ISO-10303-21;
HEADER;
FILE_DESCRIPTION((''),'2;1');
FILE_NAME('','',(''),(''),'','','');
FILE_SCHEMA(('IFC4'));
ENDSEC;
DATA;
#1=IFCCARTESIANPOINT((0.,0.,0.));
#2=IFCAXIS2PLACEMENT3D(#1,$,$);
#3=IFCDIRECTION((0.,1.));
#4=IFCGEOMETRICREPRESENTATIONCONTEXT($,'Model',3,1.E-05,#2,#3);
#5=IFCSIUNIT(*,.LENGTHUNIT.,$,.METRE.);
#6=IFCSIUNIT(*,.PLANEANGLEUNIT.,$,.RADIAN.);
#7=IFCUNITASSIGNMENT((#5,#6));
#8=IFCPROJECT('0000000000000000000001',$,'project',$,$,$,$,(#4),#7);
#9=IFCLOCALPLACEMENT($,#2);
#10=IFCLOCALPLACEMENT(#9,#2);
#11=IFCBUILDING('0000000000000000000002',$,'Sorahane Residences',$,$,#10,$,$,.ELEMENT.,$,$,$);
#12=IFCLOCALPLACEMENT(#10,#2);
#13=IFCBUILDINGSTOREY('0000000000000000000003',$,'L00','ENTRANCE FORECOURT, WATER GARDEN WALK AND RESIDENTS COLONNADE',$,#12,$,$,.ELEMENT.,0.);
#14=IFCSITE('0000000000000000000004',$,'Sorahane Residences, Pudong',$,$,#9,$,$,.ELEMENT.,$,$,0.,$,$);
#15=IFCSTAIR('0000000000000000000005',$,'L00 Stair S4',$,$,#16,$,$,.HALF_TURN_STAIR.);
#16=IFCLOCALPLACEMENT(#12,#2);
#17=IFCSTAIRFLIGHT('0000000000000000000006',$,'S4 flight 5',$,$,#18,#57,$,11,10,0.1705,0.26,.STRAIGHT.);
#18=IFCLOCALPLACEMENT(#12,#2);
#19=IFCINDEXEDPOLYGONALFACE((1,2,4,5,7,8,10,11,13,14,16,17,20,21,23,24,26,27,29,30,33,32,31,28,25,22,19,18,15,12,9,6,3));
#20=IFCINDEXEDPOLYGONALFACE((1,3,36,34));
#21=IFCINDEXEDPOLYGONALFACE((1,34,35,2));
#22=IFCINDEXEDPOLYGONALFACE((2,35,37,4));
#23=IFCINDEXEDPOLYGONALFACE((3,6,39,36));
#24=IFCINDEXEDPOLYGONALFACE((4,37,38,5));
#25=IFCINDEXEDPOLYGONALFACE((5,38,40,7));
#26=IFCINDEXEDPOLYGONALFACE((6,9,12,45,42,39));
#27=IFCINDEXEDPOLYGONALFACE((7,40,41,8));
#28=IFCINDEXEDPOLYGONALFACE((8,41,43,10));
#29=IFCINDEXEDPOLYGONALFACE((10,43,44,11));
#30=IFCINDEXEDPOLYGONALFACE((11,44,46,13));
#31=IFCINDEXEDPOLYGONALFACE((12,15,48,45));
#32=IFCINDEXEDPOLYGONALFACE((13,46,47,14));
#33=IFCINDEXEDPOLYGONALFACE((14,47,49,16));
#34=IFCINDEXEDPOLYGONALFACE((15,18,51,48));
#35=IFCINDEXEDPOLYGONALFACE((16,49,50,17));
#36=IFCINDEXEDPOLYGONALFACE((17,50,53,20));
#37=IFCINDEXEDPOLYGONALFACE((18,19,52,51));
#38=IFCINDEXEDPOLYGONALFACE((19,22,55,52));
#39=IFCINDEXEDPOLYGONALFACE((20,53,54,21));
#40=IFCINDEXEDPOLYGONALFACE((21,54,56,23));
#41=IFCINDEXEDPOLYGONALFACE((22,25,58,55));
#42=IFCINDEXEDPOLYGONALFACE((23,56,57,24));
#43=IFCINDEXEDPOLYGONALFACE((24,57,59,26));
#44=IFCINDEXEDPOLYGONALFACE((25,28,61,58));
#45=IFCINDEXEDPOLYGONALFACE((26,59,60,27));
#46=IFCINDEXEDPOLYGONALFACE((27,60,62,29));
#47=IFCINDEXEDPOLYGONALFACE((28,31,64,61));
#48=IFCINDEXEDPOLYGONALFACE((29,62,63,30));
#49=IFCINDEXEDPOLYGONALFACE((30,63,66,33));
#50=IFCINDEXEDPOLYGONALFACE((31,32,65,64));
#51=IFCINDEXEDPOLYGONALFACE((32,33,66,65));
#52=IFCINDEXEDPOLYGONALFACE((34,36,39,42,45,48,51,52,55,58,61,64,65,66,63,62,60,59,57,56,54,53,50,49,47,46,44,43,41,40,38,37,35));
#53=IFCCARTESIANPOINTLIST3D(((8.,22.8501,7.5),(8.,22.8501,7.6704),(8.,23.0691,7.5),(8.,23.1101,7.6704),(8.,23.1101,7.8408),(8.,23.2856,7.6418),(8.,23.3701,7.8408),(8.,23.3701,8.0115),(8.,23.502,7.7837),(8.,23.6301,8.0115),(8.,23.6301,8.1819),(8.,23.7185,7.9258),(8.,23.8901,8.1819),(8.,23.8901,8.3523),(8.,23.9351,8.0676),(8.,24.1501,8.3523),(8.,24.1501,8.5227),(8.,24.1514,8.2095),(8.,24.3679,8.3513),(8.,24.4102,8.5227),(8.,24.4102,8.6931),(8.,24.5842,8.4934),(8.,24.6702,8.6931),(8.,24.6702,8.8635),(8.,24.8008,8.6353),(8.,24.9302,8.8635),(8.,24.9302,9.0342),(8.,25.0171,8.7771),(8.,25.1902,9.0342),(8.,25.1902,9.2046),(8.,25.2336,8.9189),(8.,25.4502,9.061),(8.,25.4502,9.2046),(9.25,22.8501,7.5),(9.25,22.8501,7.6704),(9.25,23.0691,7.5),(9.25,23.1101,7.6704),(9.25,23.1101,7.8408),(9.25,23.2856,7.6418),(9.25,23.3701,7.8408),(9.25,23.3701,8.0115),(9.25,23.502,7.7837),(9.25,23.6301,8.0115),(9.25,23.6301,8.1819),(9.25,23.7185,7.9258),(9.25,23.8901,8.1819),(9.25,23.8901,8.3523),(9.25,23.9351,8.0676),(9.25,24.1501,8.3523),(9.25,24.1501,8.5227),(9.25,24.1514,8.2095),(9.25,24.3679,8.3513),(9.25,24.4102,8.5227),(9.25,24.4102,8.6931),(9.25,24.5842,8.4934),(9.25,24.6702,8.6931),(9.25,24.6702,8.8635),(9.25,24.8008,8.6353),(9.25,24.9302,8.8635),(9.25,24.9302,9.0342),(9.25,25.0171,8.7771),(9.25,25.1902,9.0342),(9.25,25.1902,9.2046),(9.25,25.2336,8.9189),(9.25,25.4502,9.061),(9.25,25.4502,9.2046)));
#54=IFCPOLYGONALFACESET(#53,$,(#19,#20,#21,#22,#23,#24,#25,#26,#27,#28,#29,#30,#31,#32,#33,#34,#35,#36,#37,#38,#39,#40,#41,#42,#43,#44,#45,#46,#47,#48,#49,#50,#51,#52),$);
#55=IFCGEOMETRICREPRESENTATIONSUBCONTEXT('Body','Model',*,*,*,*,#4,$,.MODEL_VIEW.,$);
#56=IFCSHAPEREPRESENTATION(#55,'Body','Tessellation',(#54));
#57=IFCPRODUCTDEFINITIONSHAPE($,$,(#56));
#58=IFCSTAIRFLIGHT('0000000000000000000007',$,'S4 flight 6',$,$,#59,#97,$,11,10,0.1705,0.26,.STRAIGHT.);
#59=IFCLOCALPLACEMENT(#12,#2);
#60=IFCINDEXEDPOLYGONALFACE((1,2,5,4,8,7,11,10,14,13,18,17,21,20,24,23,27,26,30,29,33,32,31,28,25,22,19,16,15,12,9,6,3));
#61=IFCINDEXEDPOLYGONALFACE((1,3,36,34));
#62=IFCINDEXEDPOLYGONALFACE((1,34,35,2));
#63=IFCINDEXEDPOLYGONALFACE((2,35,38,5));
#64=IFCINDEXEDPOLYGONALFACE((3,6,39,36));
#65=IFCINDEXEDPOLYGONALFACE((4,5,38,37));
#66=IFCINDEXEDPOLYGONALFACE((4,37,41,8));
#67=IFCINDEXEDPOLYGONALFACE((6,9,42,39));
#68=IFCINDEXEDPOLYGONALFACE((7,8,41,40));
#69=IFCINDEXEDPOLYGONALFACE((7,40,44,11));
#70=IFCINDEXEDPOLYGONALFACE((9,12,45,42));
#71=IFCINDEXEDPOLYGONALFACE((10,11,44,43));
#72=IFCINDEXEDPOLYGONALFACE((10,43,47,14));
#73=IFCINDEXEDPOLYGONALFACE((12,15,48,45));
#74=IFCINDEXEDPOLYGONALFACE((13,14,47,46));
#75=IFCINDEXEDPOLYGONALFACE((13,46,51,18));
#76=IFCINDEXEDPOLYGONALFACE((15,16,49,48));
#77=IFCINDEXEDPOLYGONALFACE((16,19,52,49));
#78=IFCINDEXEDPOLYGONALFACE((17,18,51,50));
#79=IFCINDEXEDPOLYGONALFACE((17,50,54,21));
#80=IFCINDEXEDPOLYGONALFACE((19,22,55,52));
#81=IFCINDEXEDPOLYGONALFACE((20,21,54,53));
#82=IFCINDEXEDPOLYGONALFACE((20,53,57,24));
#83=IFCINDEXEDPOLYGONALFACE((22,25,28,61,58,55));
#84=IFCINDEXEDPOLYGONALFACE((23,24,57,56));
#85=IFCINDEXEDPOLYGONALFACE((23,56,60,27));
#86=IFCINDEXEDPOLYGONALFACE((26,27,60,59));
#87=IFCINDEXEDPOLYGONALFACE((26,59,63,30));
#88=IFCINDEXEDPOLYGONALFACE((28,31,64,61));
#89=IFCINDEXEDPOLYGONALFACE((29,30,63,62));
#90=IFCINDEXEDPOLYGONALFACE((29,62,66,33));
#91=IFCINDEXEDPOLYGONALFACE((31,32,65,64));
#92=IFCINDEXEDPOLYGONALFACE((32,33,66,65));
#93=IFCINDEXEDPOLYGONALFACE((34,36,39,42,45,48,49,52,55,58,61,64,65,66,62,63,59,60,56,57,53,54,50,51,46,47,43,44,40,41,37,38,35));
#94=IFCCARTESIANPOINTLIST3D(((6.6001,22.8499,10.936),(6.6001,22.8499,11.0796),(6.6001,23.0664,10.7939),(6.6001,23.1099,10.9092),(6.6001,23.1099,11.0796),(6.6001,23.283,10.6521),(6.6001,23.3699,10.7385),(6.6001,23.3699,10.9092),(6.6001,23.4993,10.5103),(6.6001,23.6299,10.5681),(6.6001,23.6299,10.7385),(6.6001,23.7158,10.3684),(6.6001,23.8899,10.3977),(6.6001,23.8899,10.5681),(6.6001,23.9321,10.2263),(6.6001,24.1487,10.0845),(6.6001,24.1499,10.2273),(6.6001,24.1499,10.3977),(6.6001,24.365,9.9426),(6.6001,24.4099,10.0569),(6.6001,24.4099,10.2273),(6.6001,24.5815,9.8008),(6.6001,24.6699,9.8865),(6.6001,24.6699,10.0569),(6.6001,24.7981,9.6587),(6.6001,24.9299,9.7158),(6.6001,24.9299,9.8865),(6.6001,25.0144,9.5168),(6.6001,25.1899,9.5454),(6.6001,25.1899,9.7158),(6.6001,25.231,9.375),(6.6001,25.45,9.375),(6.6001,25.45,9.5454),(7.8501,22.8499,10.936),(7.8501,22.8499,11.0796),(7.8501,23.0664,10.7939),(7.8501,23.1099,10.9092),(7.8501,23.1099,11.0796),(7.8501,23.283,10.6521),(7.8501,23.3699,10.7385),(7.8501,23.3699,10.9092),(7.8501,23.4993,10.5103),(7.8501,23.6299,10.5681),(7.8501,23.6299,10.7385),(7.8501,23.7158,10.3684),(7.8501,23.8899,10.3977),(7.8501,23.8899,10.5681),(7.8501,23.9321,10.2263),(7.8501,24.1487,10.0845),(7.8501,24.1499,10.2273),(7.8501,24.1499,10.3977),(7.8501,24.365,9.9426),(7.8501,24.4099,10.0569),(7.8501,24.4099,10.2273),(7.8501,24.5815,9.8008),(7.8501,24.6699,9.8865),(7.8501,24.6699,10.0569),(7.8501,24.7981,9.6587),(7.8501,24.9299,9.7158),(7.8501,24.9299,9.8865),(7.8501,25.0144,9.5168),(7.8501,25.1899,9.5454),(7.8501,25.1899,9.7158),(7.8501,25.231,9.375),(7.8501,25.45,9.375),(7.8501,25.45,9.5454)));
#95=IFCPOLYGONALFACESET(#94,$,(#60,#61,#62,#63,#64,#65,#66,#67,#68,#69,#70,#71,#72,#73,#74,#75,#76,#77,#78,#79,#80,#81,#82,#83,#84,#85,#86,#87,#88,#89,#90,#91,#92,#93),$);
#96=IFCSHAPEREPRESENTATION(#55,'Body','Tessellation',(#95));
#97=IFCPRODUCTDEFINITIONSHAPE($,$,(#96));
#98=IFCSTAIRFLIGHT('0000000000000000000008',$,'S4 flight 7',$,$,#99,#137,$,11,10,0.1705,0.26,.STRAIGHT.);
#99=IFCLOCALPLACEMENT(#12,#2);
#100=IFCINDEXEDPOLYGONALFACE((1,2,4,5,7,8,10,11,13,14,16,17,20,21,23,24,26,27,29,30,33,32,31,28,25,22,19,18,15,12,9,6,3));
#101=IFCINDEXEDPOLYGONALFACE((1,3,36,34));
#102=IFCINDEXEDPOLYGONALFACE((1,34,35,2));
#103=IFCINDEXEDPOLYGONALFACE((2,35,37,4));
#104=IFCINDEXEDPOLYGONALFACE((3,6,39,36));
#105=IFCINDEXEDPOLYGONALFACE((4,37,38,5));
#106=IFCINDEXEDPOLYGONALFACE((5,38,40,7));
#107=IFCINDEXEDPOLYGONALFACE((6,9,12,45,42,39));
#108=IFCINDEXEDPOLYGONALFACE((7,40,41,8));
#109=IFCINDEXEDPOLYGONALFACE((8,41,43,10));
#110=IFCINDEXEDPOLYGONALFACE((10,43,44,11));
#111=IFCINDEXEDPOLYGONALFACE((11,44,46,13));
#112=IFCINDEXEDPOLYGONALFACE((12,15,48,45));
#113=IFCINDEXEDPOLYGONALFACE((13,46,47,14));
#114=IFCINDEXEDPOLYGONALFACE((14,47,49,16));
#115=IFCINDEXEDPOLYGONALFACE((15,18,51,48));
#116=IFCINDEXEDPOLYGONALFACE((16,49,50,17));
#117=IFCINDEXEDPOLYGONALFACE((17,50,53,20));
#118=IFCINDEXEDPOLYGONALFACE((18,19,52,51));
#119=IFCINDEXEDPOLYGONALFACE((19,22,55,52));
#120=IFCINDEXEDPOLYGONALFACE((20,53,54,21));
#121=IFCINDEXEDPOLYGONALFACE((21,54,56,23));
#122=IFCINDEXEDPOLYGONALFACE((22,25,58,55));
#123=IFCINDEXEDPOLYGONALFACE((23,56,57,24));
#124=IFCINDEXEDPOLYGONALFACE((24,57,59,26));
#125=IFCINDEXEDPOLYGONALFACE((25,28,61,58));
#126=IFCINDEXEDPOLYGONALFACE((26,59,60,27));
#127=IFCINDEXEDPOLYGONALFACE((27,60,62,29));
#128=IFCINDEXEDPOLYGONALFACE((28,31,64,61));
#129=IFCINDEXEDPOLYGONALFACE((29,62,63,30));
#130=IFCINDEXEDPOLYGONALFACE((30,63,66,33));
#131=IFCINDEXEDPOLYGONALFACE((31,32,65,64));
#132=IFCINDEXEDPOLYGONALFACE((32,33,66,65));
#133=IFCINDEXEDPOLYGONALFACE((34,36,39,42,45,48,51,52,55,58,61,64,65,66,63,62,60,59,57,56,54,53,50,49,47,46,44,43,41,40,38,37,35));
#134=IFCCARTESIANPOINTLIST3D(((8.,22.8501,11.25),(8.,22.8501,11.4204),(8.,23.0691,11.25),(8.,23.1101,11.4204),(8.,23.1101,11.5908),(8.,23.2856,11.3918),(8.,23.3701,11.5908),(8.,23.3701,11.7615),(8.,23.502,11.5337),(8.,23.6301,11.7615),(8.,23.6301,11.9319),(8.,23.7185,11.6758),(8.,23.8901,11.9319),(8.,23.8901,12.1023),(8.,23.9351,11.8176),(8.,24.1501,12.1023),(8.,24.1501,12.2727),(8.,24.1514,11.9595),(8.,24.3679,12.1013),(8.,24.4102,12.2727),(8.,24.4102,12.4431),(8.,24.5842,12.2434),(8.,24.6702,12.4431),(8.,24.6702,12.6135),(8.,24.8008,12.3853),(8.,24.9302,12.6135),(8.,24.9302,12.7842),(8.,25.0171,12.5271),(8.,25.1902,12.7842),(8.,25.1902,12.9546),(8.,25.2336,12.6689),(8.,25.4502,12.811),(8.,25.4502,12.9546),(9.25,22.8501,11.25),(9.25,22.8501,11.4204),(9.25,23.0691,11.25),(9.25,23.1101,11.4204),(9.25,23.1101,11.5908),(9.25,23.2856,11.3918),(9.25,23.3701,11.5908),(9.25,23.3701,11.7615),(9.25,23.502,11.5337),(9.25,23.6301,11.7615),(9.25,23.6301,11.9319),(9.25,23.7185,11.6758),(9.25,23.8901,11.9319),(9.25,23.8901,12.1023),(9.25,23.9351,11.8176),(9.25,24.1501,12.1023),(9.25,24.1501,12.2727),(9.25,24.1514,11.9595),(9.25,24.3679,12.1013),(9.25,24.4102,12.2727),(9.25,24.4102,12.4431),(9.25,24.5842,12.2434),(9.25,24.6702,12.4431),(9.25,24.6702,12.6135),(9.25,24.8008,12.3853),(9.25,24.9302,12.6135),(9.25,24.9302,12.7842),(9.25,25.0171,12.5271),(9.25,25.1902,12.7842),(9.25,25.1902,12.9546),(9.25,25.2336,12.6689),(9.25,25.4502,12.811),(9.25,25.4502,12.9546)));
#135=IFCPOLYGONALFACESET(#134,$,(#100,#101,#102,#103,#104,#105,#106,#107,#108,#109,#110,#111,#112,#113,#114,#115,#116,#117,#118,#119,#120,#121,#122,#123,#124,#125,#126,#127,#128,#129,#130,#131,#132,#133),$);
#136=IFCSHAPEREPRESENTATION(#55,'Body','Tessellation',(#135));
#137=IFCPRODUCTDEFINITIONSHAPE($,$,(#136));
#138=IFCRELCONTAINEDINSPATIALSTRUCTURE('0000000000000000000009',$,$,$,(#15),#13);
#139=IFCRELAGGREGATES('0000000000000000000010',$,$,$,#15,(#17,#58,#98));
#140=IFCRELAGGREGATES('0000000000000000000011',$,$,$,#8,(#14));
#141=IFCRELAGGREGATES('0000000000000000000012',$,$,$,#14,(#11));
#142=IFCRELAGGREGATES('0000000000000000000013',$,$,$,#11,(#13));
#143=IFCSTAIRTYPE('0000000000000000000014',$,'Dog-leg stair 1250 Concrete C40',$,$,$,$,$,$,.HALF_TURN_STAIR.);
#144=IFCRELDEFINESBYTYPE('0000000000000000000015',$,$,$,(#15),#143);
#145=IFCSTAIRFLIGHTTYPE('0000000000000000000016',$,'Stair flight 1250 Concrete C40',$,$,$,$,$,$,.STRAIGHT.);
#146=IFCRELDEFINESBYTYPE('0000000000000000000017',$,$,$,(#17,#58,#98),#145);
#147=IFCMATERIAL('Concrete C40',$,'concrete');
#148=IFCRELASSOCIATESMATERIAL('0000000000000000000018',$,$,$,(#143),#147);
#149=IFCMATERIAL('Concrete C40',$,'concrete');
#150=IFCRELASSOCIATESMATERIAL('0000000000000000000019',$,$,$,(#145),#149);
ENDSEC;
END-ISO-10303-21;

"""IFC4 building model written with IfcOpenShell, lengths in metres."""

from ifc_helpers import new_model, si_unit, direction, frame, origin, place, context, subcontext, project, spatial, polyline, outline, extrude, material, type_object, element, aggregate, save


model = new_model("IFC4")

# Units and contexts
model_context = context("Model", 3, precision=1e-05, world=origin(), true_north=direction((0.0, 1.0)))
body_context = subcontext(model_context, "Body", "Model", "MODEL_VIEW")
ifc_project = project(units=[si_unit("LENGTHUNIT", "METRE"), si_unit("PLANEANGLEUNIT", "RADIAN")], contexts=[model_context])

# Site, building, storey
site_placement = place(None, origin())
site = spatial("IfcSite", under=ifc_project, at=site_placement, Name="Sorahane Residences, Pudong", CompositionType="ELEMENT", RefElevation=0.0)
building_placement = place(site_placement, origin())
building = spatial("IfcBuilding", under=site, at=building_placement, Name="Sorahane Residences", CompositionType="ELEMENT")
storey_placement = place(building_placement, origin())
storey = spatial("IfcBuildingStorey", under=building, at=storey_placement, Name="L00", Description="ENTRANCE FORECOURT, WATER GARDEN WALK AND RESIDENTS COLONNADE", CompositionType="ELEMENT", Elevation=0.0)

# Stair, stair flights
ifc_material_1 = material(Name="Concrete C40", Category="concrete")
stair_type = type_object("IfcStairType", Name="Dog-leg stair 1250 Concrete C40", PredefinedType="HALF_TURN_STAIR", material=ifc_material_1)
stair_placement = place(storey_placement, origin())
stair = element("IfcStair", 1, at=stair_placement, inside=storey, type_object=stair_type, Name="L00 Stair S4", PredefinedType="HALF_TURN_STAIR")
ifc_material_2 = material(Name="Concrete C40", Category="concrete")
stair_flight_type = type_object("IfcStairFlightType", Name="Stair flight 1250 Concrete C40", PredefinedType="STRAIGHT", material=ifc_material_2)
stair_flight_1_placement = place(storey_placement, frame((8.625, 22.8501, 7.5), z_axis=(0.0, 0.0, 1.0), x_axis=(0.0, 1.0, 0.0)))
stair_flight_1 = element("IfcStairFlight", 2, at=stair_flight_1_placement, type_object=stair_flight_type, Name="S4 flight 5", NumberOfRisers=11, NumberOfTreads=10, PredefinedType="STRAIGHT", RiserHeight=0.1705, TreadLength=0.26, context=body_context, shape_type="SweptSolid", body=[
    extrude(outline(polyline([(0.0, 0.0), (0.0, 0.1704), (0.26, 0.1704), (0.26, 0.3408), (0.52, 0.3408), (0.52, 0.5115), (0.78, 0.5115), (0.78, 0.6819), (1.04, 0.6819), (1.04, 0.8523), (1.3, 0.8523), (1.3, 1.0227), (1.5601, 1.0227), (1.5601, 1.1931), (1.8201, 1.1931), (1.8201, 1.3635), (2.0801, 1.3635), (2.0801, 1.5342), (2.3401, 1.5342), (2.3401, 1.7046), (2.6001, 1.7046), (2.6001, 1.875), (2.6001, 1.561), (2.3835, 1.4189), (2.167, 1.2771), (1.9507, 1.1353), (1.7341, 0.9934), (1.5178, 0.8513), (1.3013, 0.7095), (1.085, 0.5676), (0.8684, 0.4258), (0.6519, 0.2837), (0.4355, 0.1418), (0.219, 0.0), (0.0, 0.0)])), frame((0.0, 0.625, 0.0), z_axis=(0.0, -1.0, 0.0), x_axis=(1.0, 0.0, 0.0)), (0.0, 0.0, 1.0), 1.25),
])
stair_flight_2_placement = place(storey_placement, frame((7.2251, 25.45, 9.375), z_axis=(0.0, 0.0, 1.0), x_axis=(0.0, -1.0, 0.0)))
stair_flight_2 = element("IfcStairFlight", 3, at=stair_flight_2_placement, type_object=stair_flight_type, Name="S4 flight 6", NumberOfRisers=11, NumberOfTreads=10, PredefinedType="STRAIGHT", RiserHeight=0.1705, TreadLength=0.26, context=body_context, shape_type="SweptSolid", body=[
    extrude(outline(polyline([(0.0, 0.0), (0.0, 0.1704), (0.26, 0.1704), (0.26, 0.3408), (0.52, 0.3408), (0.52, 0.5115), (0.78, 0.5115), (0.78, 0.6819), (1.04, 0.6819), (1.04, 0.8523), (1.3, 0.8523), (1.3, 1.0227), (1.5601, 1.0227), (1.5601, 1.1931), (1.8201, 1.1931), (1.8201, 1.3635), (2.0801, 1.3635), (2.0801, 1.5342), (2.3401, 1.5342), (2.3401, 1.7046), (2.6001, 1.7046), (2.6001, 1.875), (2.6001, 1.561), (2.3835, 1.4189), (2.167, 1.2771), (1.9507, 1.1353), (1.7341, 0.9934), (1.5178, 0.8513), (1.3013, 0.7095), (1.085, 0.5676), (0.8684, 0.4258), (0.6519, 0.2837), (0.4355, 0.1418), (0.219, 0.0), (0.0, 0.0)])), frame((0.0, 0.625, 0.0), z_axis=(0.0, -1.0, 0.0), x_axis=(1.0, 0.0, 0.0)), (0.0, 0.0, 1.0), 1.25),
])
stair_flight_3_placement = place(storey_placement, frame((8.625, 22.8501, 11.25), z_axis=(0.0, 0.0, 1.0), x_axis=(0.0, 1.0, 0.0)))
stair_flight_3 = element("IfcStairFlight", 4, at=stair_flight_3_placement, type_object=stair_flight_type, Name="S4 flight 7", NumberOfRisers=11, NumberOfTreads=10, PredefinedType="STRAIGHT", RiserHeight=0.1705, TreadLength=0.26, context=body_context, shape_type="SweptSolid", body=[
    extrude(outline(polyline([(0.0, 0.0), (0.0, 0.1704), (0.26, 0.1704), (0.26, 0.3408), (0.52, 0.3408), (0.52, 0.5115), (0.78, 0.5115), (0.78, 0.6819), (1.04, 0.6819), (1.04, 0.8523), (1.3, 0.8523), (1.3, 1.0227), (1.5601, 1.0227), (1.5601, 1.1931), (1.8201, 1.1931), (1.8201, 1.3635), (2.0801, 1.3635), (2.0801, 1.5342), (2.3401, 1.5342), (2.3401, 1.7046), (2.6001, 1.7046), (2.6001, 1.875), (2.6001, 1.561), (2.3835, 1.4189), (2.167, 1.2771), (1.9507, 1.1353), (1.7341, 0.9934), (1.5178, 0.8513), (1.3013, 0.7095), (1.085, 0.5676), (0.8684, 0.4258), (0.6519, 0.2837), (0.4355, 0.1418), (0.219, 0.0), (0.0, 0.0)])), frame((0.0, 0.625, 0.0), z_axis=(0.0, -1.0, 0.0), x_axis=(1.0, 0.0, 0.0)), (0.0, 0.0, 1.0), 1.25),
])
aggregate(stair, [stair_flight_1, stair_flight_2, stair_flight_3])

save(model, "model.ifc")
